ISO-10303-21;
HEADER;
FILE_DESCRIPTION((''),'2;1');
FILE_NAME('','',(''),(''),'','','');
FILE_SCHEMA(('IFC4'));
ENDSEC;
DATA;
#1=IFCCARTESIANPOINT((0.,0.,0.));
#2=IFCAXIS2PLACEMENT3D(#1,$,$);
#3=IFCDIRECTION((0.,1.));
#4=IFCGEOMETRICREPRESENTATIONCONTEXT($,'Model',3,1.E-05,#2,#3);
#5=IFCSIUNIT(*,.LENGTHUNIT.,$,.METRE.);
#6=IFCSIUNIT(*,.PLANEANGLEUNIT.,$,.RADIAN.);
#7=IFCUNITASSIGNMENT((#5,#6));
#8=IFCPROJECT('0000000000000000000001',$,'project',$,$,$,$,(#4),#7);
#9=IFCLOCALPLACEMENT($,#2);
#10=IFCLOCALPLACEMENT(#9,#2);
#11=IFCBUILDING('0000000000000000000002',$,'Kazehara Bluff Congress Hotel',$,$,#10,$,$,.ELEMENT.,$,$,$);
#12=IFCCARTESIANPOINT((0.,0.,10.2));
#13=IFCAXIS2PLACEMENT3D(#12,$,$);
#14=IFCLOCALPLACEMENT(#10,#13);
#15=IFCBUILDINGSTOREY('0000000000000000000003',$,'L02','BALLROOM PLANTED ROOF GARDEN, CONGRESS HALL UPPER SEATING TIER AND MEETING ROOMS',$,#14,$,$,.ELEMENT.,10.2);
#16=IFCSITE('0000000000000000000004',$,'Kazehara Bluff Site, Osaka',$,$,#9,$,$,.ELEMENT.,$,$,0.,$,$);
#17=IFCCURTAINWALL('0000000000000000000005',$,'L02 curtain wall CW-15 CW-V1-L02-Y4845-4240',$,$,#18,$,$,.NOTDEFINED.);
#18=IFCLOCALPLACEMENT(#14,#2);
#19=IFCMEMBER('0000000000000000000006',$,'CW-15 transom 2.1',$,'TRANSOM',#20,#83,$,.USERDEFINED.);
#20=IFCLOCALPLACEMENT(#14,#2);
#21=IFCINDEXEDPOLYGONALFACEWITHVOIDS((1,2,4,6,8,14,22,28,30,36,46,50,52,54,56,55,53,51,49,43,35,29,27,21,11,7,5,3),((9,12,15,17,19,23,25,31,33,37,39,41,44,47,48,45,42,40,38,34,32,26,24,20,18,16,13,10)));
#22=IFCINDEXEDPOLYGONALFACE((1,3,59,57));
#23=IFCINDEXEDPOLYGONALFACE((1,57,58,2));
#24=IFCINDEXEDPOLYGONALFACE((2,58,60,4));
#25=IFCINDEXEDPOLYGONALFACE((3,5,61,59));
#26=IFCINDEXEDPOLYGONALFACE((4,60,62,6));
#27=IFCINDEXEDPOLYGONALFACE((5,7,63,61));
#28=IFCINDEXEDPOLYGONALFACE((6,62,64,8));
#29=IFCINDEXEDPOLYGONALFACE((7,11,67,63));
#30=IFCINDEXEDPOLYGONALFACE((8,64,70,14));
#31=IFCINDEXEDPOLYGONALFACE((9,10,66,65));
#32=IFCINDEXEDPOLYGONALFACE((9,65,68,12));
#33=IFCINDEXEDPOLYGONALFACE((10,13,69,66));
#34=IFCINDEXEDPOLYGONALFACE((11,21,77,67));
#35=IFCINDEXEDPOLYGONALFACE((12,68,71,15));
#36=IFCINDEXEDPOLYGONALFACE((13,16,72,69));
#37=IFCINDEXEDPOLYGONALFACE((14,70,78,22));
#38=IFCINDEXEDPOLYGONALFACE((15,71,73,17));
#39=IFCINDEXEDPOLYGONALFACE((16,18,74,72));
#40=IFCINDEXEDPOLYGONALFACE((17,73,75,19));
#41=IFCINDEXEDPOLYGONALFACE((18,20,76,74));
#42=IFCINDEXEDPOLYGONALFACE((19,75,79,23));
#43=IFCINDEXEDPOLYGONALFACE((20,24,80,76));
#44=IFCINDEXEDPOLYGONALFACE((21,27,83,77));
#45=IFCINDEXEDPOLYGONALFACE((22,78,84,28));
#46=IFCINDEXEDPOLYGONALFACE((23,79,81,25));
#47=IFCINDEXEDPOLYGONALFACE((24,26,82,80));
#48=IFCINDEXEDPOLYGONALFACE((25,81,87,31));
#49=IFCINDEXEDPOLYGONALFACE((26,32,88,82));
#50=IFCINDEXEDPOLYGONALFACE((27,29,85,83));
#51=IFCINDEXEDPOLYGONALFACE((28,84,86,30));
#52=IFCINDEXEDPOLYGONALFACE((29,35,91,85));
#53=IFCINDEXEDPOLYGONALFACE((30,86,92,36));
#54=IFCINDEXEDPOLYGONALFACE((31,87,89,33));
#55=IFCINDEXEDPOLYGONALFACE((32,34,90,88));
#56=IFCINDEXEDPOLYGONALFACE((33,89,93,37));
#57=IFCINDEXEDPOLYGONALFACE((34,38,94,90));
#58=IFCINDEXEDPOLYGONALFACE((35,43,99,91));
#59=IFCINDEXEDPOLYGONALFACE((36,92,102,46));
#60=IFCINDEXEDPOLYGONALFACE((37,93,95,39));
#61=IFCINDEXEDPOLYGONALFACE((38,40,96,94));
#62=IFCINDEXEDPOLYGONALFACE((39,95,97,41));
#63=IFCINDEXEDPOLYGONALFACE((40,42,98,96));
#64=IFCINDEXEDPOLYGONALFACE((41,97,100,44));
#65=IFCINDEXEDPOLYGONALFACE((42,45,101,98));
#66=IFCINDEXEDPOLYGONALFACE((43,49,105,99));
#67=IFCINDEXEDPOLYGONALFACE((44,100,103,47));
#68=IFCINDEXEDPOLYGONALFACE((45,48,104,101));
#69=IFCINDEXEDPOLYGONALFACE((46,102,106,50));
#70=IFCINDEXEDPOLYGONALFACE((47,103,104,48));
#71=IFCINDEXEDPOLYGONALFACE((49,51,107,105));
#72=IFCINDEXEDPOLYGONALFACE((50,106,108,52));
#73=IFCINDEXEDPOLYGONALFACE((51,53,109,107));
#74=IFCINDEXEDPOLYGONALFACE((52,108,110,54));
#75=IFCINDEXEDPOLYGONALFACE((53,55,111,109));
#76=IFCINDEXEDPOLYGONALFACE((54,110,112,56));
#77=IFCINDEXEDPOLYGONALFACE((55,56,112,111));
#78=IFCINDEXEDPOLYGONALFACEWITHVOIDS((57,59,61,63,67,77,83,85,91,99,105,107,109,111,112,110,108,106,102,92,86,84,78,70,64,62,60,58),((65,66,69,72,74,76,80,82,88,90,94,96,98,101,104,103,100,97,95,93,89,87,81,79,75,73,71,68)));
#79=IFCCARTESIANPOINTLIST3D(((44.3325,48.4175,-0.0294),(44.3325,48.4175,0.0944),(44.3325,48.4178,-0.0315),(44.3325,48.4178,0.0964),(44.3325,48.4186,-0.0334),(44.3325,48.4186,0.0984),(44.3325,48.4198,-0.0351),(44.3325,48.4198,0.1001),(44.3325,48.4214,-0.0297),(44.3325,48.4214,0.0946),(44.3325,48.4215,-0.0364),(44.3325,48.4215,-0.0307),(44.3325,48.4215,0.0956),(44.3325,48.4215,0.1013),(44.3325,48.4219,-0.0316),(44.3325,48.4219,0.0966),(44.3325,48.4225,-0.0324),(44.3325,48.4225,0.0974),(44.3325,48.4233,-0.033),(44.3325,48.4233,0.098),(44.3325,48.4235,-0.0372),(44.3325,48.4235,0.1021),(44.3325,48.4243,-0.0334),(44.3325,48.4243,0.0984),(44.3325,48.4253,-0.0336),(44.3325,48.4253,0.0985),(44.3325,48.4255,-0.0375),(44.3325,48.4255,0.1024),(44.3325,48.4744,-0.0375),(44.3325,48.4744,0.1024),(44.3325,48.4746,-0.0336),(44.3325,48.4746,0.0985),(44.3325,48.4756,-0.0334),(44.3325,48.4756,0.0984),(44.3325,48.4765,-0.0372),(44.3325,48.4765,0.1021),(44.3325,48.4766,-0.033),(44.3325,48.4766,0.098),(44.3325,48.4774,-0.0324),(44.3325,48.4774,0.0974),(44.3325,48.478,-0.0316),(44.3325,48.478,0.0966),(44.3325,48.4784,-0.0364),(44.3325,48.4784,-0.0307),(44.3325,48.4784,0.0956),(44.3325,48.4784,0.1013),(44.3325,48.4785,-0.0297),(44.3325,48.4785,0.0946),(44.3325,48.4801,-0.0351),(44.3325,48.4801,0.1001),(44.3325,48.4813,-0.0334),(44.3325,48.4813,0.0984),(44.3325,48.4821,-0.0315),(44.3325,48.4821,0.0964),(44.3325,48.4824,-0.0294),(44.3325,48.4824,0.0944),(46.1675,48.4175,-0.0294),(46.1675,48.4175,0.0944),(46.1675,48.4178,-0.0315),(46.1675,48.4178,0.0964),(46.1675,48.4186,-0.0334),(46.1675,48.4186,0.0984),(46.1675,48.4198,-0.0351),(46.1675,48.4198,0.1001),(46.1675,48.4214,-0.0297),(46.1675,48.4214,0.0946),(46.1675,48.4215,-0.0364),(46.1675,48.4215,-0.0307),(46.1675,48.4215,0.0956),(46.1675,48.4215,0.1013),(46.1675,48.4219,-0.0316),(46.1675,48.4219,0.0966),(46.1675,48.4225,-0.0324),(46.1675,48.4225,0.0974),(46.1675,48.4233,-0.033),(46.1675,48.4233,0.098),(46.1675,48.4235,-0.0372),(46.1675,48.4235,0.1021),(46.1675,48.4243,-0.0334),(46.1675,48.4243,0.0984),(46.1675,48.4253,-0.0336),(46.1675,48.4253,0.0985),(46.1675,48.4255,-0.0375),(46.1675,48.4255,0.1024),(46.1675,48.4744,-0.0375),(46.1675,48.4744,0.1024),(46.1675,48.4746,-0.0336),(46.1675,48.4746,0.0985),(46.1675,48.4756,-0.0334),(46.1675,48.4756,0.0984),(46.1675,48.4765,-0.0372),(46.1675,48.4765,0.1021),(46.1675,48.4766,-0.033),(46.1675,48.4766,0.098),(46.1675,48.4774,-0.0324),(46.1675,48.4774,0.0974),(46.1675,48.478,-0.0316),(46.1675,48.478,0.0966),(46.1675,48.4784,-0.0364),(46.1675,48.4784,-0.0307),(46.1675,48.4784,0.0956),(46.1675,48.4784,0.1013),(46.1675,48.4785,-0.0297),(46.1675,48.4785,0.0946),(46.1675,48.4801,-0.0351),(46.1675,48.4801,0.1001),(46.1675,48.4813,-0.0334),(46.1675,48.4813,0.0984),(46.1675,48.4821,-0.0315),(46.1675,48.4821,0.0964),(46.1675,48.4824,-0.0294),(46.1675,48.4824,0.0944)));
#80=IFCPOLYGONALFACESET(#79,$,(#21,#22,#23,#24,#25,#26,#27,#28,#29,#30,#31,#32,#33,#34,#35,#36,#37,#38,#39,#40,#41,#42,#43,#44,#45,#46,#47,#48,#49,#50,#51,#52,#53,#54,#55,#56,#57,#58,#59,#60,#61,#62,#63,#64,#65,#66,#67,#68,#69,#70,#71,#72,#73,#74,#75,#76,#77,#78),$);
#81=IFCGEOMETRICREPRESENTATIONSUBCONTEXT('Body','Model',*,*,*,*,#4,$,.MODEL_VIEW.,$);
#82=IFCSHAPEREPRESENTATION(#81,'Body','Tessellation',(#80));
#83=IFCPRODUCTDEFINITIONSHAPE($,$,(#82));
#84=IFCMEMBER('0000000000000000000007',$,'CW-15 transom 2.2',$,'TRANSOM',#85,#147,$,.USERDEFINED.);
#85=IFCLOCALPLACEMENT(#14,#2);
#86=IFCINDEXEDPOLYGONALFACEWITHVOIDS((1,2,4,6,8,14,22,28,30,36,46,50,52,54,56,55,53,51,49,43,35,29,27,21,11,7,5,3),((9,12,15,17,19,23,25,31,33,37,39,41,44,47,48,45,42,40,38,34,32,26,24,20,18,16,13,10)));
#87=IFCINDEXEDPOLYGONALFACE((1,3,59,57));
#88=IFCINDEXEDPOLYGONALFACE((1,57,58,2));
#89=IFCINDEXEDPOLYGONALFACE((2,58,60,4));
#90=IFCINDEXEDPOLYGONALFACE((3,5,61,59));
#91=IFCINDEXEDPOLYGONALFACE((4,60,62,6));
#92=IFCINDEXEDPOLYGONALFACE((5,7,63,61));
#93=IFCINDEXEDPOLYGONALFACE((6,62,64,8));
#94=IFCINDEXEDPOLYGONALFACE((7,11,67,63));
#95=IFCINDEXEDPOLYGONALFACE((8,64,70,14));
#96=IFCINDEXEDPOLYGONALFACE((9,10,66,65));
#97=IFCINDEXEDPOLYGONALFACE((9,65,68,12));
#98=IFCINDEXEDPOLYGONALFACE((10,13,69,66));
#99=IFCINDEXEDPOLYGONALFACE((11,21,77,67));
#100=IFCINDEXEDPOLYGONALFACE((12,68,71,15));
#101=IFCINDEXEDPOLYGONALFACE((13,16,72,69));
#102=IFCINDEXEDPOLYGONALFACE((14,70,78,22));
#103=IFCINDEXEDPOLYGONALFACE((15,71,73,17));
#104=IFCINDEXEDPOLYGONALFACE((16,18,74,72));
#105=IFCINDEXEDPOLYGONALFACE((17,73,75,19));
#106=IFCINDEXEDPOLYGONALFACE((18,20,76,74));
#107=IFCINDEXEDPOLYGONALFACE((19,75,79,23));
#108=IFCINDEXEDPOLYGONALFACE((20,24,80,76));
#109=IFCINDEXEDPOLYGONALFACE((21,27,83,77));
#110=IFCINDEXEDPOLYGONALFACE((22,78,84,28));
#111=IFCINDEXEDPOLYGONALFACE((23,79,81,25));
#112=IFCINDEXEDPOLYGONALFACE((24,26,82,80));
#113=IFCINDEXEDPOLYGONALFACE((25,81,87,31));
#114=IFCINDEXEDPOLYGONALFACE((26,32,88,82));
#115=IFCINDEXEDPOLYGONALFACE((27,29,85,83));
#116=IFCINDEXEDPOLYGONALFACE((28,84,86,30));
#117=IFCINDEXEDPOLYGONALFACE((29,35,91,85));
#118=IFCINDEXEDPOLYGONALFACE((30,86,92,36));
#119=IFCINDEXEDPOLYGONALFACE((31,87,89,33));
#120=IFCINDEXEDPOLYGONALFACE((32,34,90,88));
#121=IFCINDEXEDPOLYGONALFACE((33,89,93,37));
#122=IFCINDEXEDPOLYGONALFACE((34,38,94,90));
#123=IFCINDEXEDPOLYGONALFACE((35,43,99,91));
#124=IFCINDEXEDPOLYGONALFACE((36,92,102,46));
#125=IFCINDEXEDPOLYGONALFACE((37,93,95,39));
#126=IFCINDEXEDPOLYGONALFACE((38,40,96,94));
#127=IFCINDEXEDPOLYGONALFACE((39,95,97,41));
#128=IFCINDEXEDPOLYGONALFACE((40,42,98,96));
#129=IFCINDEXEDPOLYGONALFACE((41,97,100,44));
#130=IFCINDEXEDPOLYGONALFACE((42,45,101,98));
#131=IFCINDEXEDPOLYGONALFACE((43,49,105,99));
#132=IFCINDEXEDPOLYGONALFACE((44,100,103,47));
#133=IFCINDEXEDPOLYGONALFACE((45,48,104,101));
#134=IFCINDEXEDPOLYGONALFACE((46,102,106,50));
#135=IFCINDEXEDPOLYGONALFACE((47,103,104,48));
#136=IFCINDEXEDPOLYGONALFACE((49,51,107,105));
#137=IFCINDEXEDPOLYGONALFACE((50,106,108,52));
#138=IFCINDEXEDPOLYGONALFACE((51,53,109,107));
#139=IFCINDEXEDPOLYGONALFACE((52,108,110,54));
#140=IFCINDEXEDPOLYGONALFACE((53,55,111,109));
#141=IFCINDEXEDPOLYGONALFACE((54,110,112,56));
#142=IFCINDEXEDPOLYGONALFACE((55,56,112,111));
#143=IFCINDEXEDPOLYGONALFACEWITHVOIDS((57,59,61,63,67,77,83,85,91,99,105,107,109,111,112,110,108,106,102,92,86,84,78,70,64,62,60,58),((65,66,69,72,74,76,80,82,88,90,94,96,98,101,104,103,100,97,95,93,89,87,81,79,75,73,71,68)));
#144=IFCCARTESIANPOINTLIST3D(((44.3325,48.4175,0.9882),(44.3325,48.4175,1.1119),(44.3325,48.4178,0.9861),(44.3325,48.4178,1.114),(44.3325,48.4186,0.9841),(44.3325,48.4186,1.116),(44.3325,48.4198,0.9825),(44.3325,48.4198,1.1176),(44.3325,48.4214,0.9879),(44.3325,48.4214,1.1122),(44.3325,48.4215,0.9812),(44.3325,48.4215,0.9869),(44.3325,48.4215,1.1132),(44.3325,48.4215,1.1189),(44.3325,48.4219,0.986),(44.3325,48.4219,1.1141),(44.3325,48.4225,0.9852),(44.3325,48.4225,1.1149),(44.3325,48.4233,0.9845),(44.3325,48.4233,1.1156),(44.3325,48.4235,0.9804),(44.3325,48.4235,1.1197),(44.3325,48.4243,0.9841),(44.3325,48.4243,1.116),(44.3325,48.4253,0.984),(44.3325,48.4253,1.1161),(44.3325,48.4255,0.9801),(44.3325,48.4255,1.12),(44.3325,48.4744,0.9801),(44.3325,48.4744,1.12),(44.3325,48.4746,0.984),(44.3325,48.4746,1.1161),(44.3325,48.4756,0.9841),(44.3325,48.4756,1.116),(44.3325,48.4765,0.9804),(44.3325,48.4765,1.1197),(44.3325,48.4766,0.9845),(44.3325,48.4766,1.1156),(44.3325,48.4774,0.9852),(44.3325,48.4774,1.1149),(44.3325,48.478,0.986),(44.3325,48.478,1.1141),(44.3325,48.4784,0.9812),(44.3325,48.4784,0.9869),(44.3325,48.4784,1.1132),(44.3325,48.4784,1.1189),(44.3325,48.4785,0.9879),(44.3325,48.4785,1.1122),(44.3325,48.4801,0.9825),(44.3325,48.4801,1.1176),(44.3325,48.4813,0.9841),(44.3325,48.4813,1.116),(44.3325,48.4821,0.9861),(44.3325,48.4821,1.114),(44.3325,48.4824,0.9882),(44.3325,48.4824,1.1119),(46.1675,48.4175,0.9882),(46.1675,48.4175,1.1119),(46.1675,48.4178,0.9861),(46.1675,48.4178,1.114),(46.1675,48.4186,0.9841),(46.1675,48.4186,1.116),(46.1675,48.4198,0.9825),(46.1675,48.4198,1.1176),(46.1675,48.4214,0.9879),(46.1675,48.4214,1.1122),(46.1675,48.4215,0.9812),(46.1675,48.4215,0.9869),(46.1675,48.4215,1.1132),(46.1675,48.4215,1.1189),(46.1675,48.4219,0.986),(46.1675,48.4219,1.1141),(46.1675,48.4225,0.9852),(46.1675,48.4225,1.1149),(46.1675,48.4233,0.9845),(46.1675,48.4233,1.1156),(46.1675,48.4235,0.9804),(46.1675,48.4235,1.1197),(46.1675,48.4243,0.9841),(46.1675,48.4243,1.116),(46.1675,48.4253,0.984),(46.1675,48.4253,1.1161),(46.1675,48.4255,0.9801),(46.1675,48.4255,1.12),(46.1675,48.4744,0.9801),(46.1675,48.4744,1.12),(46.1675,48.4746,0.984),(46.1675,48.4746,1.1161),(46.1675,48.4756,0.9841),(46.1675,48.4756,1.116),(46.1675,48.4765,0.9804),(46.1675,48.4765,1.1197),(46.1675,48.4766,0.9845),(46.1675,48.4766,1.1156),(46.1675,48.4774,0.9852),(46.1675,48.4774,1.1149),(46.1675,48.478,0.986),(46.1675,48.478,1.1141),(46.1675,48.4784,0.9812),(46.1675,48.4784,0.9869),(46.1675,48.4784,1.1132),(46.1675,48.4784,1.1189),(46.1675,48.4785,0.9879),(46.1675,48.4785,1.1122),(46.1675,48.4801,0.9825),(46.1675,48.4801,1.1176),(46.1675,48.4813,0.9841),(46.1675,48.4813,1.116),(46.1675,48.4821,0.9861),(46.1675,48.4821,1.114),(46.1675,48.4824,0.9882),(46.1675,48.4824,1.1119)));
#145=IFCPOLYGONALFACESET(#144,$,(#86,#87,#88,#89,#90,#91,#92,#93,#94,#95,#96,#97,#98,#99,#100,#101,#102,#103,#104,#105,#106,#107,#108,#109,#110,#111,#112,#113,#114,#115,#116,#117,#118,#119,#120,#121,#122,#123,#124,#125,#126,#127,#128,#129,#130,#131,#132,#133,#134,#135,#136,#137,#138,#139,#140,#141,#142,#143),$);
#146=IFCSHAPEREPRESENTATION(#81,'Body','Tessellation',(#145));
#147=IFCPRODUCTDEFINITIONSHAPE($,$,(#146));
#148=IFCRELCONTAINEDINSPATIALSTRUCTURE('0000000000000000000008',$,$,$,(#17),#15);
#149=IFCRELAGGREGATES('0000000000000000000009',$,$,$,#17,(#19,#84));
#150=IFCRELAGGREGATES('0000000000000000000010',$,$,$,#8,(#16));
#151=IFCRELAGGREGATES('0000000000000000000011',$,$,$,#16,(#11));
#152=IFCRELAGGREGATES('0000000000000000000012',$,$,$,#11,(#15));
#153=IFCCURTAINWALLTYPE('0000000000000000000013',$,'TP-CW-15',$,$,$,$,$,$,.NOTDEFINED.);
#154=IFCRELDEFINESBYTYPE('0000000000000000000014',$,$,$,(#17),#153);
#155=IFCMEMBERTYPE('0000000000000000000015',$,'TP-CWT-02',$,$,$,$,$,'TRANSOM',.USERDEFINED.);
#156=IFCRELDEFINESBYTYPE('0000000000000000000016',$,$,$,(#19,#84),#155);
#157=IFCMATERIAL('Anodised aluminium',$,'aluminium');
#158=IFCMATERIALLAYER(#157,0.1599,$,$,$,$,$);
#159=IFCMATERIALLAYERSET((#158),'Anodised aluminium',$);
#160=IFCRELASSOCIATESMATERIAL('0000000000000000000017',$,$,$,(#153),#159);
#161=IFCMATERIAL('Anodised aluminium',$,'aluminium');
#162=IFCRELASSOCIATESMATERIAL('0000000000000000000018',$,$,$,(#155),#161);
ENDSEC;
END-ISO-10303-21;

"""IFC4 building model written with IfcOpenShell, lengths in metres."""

from ifc_helpers import new_model, si_unit, direction, frame, origin, origin_2d, place, context, subcontext, project, spatial, hollow_rectangle, extrude, material, layer, layer_set, material_profile, profile_set, type_object, element, aggregate, save


model = new_model("IFC4")

# Units and contexts
model_context = context("Model", 3, precision=1e-05, world=origin(), true_north=direction((0.0, 1.0)))
body_context = subcontext(model_context, "Body", "Model", "MODEL_VIEW")
ifc_project = project(units=[si_unit("LENGTHUNIT", "METRE"), si_unit("PLANEANGLEUNIT", "RADIAN")], contexts=[model_context])

# Site, building, storey
site_placement = place(None, origin())
site = spatial("IfcSite", under=ifc_project, at=site_placement, Name="Kazehara Bluff Site, Osaka", CompositionType="ELEMENT", RefElevation=0.0)
building_placement = place(site_placement, origin())
building = spatial("IfcBuilding", under=site, at=building_placement, Name="Kazehara Bluff Congress Hotel", CompositionType="ELEMENT")
storey_placement = place(building_placement, frame((0.0, 0.0, 10.2)))
storey = spatial("IfcBuildingStorey", under=building, at=storey_placement, Name="L02", Description="BALLROOM PLANTED ROOF GARDEN, CONGRESS HALL UPPER SEATING TIER AND MEETING ROOMS", CompositionType="ELEMENT", Elevation=10.2)

# Curtain wall
ifc_material_1 = material(Name="Anodised aluminium", Category="aluminium")
ifc_layer_1 = layer(ifc_material_1, 0.1599)
ifc_layer_set_1 = layer_set([ifc_layer_1], Name="Anodised aluminium")
curtain_wall_type_1 = type_object("IfcCurtainWallType", Name="TP-CW-15", PredefinedType="NOTDEFINED", material=ifc_layer_set_1)
curtain_wall_1_placement = place(storey_placement, origin())
curtain_wall_1 = element("IfcCurtainWall", 1, at=curtain_wall_1_placement, inside=storey, type_object=curtain_wall_type_1, Name="L02 curtain wall CW-15 CW-V1-L02-Y4845-4240", PredefinedType="NOTDEFINED")

# Members
ifc_material_2 = material(Name="Anodised aluminium", Category="aluminium")
ifc_material_profile_1 = material_profile(ifc_material_2, hollow_rectangle(XDim=0.0649, YDim=0.1399, WallThickness=0.0039, InnerFilletRadius=0.0039, OuterFilletRadius=0.0081, at=origin_2d()))
ifc_profile_set_1 = profile_set([ifc_material_profile_1], Name="Anodised aluminium")
member_type_1 = type_object("IfcMemberType", Name="TP-CWT-02", ElementType="TRANSOM", PredefinedType="USERDEFINED", material=ifc_profile_set_1)
member_1_placement = place(storey_placement, frame((44.3325, 48.45, 0.0325), z_axis=(1.0, 0.0, 0.0), x_axis=(0.0, 1.0, 0.0)))
member_1 = element("IfcMember", 2, at=member_1_placement, type_object=member_type_1, Name="CW-15 transom 2.1", ObjectType="TRANSOM", PredefinedType="USERDEFINED", context=body_context, shape_type="SweptSolid", body=[
    extrude(hollow_rectangle(XDim=0.0649, YDim=0.1399, WallThickness=0.0039, InnerFilletRadius=0.0039, OuterFilletRadius=0.0081, at=origin_2d()), origin(), (0.0, 0.0, 1.0), 1.835),
])
member_2_placement = place(storey_placement, frame((44.3325, 48.45, 1.05), z_axis=(1.0, 0.0, 0.0), x_axis=(0.0, 1.0, 0.0)))
member_2 = element("IfcMember", 3, at=member_2_placement, type_object=member_type_1, Name="CW-15 transom 2.2", ObjectType="TRANSOM", PredefinedType="USERDEFINED", context=body_context, shape_type="SweptSolid", body=[
    extrude(hollow_rectangle(XDim=0.0649, YDim=0.1399, WallThickness=0.0039, InnerFilletRadius=0.0039, OuterFilletRadius=0.0081, at=origin_2d()), origin(), (0.0, 0.0, 1.0), 1.835),
])

aggregate(curtain_wall_1, [member_1, member_2])

save(model, "model.ifc")
